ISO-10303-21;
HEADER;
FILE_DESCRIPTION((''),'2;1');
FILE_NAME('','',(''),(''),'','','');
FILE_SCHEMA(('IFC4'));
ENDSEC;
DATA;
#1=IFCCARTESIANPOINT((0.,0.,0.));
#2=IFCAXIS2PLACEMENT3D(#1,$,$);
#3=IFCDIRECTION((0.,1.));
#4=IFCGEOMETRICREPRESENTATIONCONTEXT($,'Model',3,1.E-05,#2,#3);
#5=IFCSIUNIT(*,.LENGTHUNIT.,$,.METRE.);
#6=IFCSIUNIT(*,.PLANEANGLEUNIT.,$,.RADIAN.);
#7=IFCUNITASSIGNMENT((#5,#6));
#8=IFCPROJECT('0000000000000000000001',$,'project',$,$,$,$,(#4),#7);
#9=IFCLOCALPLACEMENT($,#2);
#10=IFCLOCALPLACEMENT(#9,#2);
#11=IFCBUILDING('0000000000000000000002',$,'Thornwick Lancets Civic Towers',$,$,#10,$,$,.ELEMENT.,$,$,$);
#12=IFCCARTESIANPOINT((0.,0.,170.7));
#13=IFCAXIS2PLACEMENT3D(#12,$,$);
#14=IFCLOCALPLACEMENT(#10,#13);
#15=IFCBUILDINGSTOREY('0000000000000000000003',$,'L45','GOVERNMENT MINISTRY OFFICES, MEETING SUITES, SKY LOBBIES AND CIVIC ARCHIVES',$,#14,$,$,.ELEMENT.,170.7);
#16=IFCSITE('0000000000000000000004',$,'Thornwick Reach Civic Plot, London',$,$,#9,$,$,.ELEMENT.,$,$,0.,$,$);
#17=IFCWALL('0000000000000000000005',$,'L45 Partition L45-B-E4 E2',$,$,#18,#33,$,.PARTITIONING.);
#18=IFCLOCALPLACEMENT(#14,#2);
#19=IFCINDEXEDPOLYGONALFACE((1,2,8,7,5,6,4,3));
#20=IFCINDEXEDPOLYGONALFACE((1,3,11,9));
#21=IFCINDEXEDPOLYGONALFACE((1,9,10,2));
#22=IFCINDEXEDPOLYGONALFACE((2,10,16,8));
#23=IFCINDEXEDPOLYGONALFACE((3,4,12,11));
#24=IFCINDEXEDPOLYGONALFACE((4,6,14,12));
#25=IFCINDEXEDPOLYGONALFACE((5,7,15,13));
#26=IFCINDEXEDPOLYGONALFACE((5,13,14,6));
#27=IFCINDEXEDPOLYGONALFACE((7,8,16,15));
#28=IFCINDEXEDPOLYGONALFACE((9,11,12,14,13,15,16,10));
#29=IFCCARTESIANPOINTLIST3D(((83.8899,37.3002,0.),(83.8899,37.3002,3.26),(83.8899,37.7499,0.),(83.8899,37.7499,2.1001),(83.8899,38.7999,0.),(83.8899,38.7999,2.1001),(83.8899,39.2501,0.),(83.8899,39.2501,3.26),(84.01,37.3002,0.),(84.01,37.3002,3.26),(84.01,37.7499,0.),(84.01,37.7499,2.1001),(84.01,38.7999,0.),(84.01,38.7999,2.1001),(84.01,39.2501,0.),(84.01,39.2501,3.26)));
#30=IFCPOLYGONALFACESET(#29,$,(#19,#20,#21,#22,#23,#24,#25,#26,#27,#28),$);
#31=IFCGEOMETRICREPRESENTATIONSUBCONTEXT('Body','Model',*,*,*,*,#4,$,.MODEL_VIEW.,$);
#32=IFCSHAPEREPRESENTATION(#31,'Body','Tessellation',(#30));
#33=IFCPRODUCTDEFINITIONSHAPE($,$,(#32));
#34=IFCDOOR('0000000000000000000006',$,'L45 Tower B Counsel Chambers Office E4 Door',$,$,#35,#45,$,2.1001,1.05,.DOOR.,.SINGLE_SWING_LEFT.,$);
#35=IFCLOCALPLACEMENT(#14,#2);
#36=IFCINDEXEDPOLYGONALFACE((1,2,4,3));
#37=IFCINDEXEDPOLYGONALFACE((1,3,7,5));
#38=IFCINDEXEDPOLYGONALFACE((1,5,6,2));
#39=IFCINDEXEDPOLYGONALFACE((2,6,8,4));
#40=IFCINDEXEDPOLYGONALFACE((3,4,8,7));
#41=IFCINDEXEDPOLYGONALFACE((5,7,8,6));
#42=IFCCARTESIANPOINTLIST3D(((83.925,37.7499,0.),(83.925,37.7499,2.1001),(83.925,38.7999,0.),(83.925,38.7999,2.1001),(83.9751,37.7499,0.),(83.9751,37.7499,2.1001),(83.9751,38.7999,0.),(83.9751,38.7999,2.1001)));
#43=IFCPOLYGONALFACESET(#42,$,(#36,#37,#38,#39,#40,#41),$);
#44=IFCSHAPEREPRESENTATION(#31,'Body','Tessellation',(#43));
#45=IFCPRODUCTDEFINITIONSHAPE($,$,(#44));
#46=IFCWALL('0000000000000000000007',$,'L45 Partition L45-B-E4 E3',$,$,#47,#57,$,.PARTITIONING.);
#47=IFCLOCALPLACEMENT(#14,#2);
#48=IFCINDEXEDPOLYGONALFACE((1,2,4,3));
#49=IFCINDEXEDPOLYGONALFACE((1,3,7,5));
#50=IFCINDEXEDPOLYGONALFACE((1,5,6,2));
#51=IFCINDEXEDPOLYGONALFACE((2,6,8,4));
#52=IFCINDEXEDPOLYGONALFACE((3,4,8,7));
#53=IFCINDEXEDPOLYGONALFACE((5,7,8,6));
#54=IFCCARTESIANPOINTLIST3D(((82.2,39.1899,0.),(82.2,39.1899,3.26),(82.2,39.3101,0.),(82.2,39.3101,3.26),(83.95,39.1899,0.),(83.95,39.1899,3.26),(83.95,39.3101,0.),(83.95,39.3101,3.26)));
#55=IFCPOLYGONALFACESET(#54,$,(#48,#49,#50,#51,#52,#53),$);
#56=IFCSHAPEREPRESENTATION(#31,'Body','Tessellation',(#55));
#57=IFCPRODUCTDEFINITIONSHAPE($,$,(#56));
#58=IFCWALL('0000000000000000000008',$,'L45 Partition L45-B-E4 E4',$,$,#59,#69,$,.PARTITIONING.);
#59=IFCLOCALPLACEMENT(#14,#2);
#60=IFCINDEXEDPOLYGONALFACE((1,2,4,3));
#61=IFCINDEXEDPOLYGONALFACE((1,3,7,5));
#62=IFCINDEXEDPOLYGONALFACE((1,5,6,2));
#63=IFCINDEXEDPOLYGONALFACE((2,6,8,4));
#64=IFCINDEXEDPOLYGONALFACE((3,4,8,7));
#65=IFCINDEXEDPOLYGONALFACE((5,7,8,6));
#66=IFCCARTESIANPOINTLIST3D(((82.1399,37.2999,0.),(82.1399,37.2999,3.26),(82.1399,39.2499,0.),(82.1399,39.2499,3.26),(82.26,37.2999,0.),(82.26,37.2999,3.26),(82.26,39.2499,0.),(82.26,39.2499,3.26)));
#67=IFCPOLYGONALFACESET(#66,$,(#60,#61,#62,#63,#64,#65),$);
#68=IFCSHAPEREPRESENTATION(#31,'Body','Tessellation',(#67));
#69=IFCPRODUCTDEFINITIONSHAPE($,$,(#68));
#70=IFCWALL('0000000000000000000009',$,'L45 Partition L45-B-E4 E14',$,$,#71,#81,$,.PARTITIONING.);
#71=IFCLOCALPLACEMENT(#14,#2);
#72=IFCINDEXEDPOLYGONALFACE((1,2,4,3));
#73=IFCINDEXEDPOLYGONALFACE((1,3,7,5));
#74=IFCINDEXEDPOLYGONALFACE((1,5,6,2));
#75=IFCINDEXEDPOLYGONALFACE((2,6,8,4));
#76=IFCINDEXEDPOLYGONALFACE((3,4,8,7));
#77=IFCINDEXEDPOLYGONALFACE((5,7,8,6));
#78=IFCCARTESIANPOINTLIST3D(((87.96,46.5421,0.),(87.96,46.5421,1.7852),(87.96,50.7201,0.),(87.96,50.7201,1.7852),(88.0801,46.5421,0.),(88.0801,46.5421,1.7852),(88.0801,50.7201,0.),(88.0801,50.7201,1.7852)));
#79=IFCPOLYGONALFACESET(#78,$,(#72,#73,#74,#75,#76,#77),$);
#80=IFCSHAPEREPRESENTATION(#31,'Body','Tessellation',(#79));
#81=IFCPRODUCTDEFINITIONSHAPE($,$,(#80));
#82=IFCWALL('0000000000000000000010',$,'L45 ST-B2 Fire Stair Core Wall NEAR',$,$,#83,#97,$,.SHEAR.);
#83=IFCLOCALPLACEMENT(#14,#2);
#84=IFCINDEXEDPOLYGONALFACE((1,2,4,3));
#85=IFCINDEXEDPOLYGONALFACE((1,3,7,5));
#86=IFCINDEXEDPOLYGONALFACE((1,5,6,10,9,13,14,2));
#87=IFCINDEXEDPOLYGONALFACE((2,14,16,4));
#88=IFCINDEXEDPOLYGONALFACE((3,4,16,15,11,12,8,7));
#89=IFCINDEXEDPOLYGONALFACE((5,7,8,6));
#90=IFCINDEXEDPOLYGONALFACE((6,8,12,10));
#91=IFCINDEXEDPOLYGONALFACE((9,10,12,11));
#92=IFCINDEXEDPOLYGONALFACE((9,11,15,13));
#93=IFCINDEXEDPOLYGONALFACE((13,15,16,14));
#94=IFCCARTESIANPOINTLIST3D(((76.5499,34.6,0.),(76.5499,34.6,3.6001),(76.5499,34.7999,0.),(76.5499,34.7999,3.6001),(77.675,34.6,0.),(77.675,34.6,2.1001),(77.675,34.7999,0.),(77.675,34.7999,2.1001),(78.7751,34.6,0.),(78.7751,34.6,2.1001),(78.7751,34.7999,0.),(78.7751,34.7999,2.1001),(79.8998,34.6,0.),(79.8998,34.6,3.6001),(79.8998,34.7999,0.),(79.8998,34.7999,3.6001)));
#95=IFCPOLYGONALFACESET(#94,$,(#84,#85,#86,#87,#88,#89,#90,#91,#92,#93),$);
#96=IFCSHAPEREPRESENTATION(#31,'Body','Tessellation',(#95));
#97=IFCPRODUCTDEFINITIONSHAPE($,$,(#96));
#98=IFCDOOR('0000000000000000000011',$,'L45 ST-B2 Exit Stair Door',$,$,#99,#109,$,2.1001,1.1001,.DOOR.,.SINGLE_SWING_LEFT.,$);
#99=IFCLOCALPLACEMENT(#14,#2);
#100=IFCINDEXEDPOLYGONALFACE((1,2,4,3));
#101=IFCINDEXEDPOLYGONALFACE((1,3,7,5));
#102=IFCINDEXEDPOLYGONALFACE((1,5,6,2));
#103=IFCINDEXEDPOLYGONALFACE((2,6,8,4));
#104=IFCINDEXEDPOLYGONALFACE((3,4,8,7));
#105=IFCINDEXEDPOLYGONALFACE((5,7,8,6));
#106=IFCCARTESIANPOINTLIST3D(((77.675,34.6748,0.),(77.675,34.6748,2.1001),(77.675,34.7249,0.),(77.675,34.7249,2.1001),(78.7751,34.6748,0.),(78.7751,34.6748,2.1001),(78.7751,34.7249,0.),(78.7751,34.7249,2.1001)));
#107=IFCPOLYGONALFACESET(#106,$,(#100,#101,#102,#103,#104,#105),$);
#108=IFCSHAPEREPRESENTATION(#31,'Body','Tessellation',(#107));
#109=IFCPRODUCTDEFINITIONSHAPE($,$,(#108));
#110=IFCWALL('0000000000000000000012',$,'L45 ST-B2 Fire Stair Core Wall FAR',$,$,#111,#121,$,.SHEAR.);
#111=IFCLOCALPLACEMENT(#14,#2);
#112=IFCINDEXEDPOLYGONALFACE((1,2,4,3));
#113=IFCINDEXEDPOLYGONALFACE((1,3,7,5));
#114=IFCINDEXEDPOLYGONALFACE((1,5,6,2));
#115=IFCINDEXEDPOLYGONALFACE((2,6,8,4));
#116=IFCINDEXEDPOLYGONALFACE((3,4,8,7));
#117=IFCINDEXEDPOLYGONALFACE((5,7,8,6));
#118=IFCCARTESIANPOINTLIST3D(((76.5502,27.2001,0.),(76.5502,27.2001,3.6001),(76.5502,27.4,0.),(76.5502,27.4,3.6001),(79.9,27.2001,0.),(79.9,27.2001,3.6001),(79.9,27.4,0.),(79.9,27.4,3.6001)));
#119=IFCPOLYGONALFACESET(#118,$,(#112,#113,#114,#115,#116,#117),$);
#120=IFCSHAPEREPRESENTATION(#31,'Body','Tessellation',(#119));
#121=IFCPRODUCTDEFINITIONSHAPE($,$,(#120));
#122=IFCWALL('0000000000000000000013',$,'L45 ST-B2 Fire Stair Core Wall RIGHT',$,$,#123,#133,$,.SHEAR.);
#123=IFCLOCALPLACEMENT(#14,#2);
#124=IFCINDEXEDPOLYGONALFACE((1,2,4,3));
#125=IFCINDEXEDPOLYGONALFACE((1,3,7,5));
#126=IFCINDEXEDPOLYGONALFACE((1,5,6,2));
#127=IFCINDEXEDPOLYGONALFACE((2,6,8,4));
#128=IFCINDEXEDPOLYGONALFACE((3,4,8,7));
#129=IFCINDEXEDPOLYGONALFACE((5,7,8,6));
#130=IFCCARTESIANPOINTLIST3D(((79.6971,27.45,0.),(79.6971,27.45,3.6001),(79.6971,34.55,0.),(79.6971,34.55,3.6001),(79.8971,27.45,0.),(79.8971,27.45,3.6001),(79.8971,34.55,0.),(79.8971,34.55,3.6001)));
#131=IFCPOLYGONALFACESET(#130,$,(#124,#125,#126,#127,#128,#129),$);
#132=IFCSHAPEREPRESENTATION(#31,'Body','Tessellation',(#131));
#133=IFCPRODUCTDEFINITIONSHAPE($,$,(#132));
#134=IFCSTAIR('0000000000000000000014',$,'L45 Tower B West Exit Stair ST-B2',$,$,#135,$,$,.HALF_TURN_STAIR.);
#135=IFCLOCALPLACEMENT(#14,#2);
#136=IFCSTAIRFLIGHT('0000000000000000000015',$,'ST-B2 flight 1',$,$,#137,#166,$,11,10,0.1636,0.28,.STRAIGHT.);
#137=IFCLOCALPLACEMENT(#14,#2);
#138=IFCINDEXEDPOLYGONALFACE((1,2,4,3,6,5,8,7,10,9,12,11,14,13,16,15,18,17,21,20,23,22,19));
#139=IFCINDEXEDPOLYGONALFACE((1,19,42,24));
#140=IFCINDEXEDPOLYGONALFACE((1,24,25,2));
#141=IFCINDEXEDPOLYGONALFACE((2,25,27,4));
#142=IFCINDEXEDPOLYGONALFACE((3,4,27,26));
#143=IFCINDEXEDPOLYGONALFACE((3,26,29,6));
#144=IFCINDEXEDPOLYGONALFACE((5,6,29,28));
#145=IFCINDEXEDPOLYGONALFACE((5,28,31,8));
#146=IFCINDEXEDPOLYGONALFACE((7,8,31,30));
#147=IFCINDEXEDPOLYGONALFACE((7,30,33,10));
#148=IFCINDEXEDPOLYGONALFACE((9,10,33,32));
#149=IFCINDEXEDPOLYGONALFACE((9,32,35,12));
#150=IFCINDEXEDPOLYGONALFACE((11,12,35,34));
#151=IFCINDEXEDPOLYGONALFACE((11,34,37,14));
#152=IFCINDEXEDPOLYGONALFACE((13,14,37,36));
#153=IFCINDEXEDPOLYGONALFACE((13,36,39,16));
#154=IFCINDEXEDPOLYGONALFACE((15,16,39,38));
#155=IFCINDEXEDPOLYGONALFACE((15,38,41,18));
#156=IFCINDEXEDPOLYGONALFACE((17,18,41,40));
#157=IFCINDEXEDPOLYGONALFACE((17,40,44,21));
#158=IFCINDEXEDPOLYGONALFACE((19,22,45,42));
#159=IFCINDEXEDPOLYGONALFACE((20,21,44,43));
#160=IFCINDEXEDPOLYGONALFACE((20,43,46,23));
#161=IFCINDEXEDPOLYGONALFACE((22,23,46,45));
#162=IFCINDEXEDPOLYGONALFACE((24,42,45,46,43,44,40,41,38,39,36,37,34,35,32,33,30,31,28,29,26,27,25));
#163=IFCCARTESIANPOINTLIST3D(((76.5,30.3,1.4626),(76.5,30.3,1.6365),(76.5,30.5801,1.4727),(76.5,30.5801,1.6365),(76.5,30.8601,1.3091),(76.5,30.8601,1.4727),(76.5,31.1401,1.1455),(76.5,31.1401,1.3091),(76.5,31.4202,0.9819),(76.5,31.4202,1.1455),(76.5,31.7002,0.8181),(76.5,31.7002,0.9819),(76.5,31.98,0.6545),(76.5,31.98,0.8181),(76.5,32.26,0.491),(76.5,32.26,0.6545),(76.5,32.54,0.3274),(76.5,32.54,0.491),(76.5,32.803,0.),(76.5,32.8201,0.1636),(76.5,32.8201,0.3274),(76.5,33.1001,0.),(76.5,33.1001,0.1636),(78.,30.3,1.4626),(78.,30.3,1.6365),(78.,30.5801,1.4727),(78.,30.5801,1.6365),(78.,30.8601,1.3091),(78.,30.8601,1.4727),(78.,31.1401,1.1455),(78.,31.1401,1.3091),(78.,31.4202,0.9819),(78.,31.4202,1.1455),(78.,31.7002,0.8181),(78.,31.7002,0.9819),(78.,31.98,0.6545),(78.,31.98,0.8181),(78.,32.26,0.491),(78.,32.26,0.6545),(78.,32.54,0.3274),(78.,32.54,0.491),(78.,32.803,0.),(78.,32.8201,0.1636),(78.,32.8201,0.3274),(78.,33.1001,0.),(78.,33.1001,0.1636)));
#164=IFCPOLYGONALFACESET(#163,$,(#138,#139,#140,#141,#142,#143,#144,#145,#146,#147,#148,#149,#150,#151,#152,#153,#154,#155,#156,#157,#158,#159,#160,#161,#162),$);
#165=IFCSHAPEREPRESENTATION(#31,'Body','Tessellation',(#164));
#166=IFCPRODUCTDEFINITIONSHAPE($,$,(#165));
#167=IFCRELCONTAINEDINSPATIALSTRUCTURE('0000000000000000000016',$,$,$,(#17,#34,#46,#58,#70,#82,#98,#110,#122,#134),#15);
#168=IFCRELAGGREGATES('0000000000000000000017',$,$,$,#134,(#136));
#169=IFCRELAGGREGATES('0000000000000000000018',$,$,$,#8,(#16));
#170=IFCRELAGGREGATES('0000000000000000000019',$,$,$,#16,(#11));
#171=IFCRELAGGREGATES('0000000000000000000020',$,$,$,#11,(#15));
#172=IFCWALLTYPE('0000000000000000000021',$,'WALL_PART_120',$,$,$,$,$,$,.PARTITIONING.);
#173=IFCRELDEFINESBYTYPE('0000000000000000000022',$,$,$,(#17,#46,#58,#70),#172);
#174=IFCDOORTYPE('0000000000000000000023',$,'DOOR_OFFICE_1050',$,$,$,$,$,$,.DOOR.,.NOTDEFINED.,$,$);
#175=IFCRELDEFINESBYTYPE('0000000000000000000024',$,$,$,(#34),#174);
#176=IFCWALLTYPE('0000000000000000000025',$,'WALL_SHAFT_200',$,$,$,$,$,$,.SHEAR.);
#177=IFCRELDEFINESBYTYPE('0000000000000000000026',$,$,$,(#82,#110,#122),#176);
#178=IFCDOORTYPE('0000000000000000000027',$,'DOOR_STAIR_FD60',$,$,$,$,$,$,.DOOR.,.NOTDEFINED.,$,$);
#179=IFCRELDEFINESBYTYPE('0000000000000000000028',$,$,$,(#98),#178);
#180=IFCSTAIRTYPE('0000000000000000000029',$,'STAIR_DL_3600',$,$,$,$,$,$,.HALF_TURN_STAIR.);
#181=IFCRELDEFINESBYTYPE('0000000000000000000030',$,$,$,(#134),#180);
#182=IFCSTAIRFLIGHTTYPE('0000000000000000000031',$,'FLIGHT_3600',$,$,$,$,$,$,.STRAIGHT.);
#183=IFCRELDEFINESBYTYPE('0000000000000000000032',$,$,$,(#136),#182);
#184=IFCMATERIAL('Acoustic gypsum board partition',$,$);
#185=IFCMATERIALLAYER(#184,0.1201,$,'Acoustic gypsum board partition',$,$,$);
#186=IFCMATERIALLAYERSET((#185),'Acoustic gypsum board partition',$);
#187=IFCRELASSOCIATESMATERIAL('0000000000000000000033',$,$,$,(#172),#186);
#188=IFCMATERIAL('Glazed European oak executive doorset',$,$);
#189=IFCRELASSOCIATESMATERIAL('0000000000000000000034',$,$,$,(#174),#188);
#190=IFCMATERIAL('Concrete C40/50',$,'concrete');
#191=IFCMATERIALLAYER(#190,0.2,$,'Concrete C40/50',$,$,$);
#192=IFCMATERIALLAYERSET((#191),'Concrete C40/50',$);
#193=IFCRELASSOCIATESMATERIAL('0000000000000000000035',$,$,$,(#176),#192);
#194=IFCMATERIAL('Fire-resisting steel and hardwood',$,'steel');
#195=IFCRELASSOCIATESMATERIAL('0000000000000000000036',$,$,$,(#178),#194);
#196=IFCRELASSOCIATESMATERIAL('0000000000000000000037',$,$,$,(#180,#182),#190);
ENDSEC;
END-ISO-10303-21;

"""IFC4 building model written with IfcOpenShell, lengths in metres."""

from ifc_helpers import new_model, si_unit, direction, frame, frame_2d, origin, place, context, subcontext, project, spatial, polyline, rectangle, outline, extrude, material, layer, layer_set, type_object, element, fill, aggregate, save


model = new_model("IFC4")

# Units and contexts
model_context = context("Model", 3, precision=1e-05, world=origin(), true_north=direction((0.0, 1.0)))
body_context = subcontext(model_context, "Body", "Model", "MODEL_VIEW")
ifc_project = project(units=[si_unit("LENGTHUNIT", "METRE"), si_unit("PLANEANGLEUNIT", "RADIAN")], contexts=[model_context])

# Site, building, storey
site_placement = place(None, origin())
site = spatial("IfcSite", under=ifc_project, at=site_placement, Name="Thornwick Reach Civic Plot, London", CompositionType="ELEMENT", RefElevation=0.0)
building_placement = place(site_placement, origin())
building = spatial("IfcBuilding", under=site, at=building_placement, Name="Thornwick Lancets Civic Towers", CompositionType="ELEMENT")
storey_placement = place(building_placement, frame((0.0, 0.0, 170.7)))
storey = spatial("IfcBuildingStorey", under=building, at=storey_placement, Name="L45", Description="GOVERNMENT MINISTRY OFFICES, MEETING SUITES, SKY LOBBIES AND CIVIC ARCHIVES", CompositionType="ELEMENT", Elevation=170.7)

# Shared definitions
ifc_material_1 = material(Name="Acoustic gypsum board partition")
ifc_layer_1 = layer(ifc_material_1, 0.1201, Name="Acoustic gypsum board partition")
ifc_layer_set_1 = layer_set([ifc_layer_1], Name="Acoustic gypsum board partition")
wall_type_1 = type_object("IfcWallType", Name="WALL_PART_120", PredefinedType="PARTITIONING", material=ifc_layer_set_1)

# Wall, opening, door
wall_1_placement = place(storey_placement, frame((83.95, 37.3, 0.0), z_axis=(0.0, 0.0, 1.0), x_axis=(0.0, 1.0, 0.0)))
wall_1 = element("IfcWall", 1, at=wall_1_placement, inside=storey, type_object=wall_type_1, Name="L45 Partition L45-B-E4 E2", PredefinedType="PARTITIONING", context=body_context, shape_type="SweptSolid", body=[
    extrude(rectangle(XDim=1.95, YDim=0.1201, at=frame_2d((0.9751, 0.0))), origin(), (0.0, 0.0, 1.0), 3.26),
])
opening_1_placement = place(wall_1_placement, frame((0.45, 0.0, 0.0)))
opening_1 = element("IfcOpeningElement", 2, at=opening_1_placement, cuts=wall_1, PredefinedType="OPENING", context=body_context, shape_type="SweptSolid", body=[
    extrude(rectangle(XDim=1.05, YDim=2.1001, at=frame_2d((0.5249, 1.05))), frame((0.0, 0.0701, 0.0), z_axis=(0.0, -1.0, 0.0), x_axis=(1.0, 0.0, 0.0)), (0.0, 0.0, 1.0), 0.1401),
])
ifc_material_2 = material(Name="Glazed European oak executive doorset")
door_type_1 = type_object("IfcDoorType", Name="DOOR_OFFICE_1050", OperationType="NOTDEFINED", PredefinedType="DOOR", material=ifc_material_2)
door_1_placement = place(opening_1_placement, origin())
door_1 = element("IfcDoor", 3, at=door_1_placement, inside=storey, type_object=door_type_1, Name="L45 Tower B Counsel Chambers Office E4 Door", OperationType="SINGLE_SWING_LEFT", OverallHeight=2.1001, OverallWidth=1.05, PredefinedType="DOOR", context=body_context, shape_type="SweptSolid", body=[
    extrude(rectangle(XDim=1.05, YDim=2.1001, at=frame_2d((0.5249, 1.05))), frame((0.0, 0.0249, 0.0), z_axis=(0.0, -1.0, 0.0), x_axis=(1.0, 0.0, 0.0)), (0.0, 0.0, 1.0), 0.05),
])
fill(opening_1, door_1)

# Walls
wall_2_placement = place(storey_placement, frame((83.95, 39.25, 0.0), z_axis=(0.0, 0.0, 1.0), x_axis=(-1.0, 0.0, 0.0)))
element("IfcWall", 4, at=wall_2_placement, inside=storey, type_object=wall_type_1, Name="L45 Partition L45-B-E4 E3", PredefinedType="PARTITIONING", context=body_context, shape_type="SweptSolid", body=[
    extrude(rectangle(XDim=1.75, YDim=0.1201, at=frame_2d((0.875, 0.0))), origin(), (0.0, 0.0, 1.0), 3.26),
])
wall_3_placement = place(storey_placement, frame((82.2, 39.25, 0.0), z_axis=(0.0, 0.0, 1.0), x_axis=(0.0, -1.0, 0.0)))
element("IfcWall", 5, at=wall_3_placement, inside=storey, type_object=wall_type_1, Name="L45 Partition L45-B-E4 E4", PredefinedType="PARTITIONING", context=body_context, shape_type="SweptSolid", body=[
    extrude(rectangle(XDim=1.95, YDim=0.1201, at=frame_2d((0.9751, 0.0))), origin(), (0.0, 0.0, 1.0), 3.26),
])
wall_4_placement = place(storey_placement, frame((88.02, 50.72, 0.0), z_axis=(0.0, 0.0, 1.0), x_axis=(0.0, -1.0, 0.0)))
element("IfcWall", 6, at=wall_4_placement, inside=storey, type_object=wall_type_1, Name="L45 Partition L45-B-E4 E14", PredefinedType="PARTITIONING", context=body_context, shape_type="SweptSolid", body=[
    extrude(rectangle(XDim=4.178, YDim=0.1201, at=frame_2d((2.0889, 0.0))), origin(), (0.0, 0.0, 1.0), 1.7852),
])

# Wall, opening, door
ifc_material_3 = material(Name="Concrete C40/50", Category="concrete")
ifc_layer_2 = layer(ifc_material_3, 0.2, Name="Concrete C40/50")
ifc_layer_set_2 = layer_set([ifc_layer_2], Name="Concrete C40/50")
wall_type_2 = type_object("IfcWallType", Name="WALL_SHAFT_200", PredefinedType="SHEAR", material=ifc_layer_set_2)
wall_5_placement = place(storey_placement, frame((76.55, 34.7, 0.0), z_axis=(0.0, 0.0, 1.0), x_axis=(1.0, 0.0, 0.0)))
wall_5 = element("IfcWall", 7, at=wall_5_placement, inside=storey, type_object=wall_type_2, Name="L45 ST-B2 Fire Stair Core Wall NEAR", PredefinedType="SHEAR", context=body_context, shape_type="SweptSolid", body=[
    extrude(rectangle(XDim=3.3499, YDim=0.2, at=frame_2d((1.6748, 0.0))), origin(), (0.0, 0.0, 1.0), 3.6001),
])
opening_2_placement = place(wall_5_placement, frame((1.125, 0.0, 0.0)))
opening_2 = element("IfcOpeningElement", 8, at=opening_2_placement, cuts=wall_5, PredefinedType="OPENING", context=body_context, shape_type="SweptSolid", body=[
    extrude(rectangle(XDim=1.1001, YDim=2.1001, at=frame_2d((0.55, 1.05))), frame((0.0, 0.1099, 0.0), z_axis=(0.0, -1.0, 0.0), x_axis=(1.0, 0.0, 0.0)), (0.0, 0.0, 1.0), 0.22),
])
ifc_material_4 = material(Name="Fire-resisting steel and hardwood", Category="steel")
door_type_2 = type_object("IfcDoorType", Name="DOOR_STAIR_FD60", OperationType="NOTDEFINED", PredefinedType="DOOR", material=ifc_material_4)
door_2_placement = place(opening_2_placement, origin())
door_2 = element("IfcDoor", 9, at=door_2_placement, inside=storey, type_object=door_type_2, Name="L45 ST-B2 Exit Stair Door", OperationType="SINGLE_SWING_LEFT", OverallHeight=2.1001, OverallWidth=1.1001, PredefinedType="DOOR", context=body_context, shape_type="SweptSolid", body=[
    extrude(rectangle(XDim=1.1001, YDim=2.1001, at=frame_2d((0.55, 1.05))), frame((0.0, 0.0249, 0.0), z_axis=(0.0, -1.0, 0.0), x_axis=(1.0, 0.0, 0.0)), (0.0, 0.0, 1.0), 0.05),
])
fill(opening_2, door_2)

# Walls
wall_6_placement = place(storey_placement, frame((79.8999, 27.3, 0.0), z_axis=(0.0, 0.0, 1.0), x_axis=(-1.0, 0.0, 0.0)))
element("IfcWall", 10, at=wall_6_placement, inside=storey, type_object=wall_type_2, Name="L45 ST-B2 Fire Stair Core Wall FAR", PredefinedType="SHEAR", context=body_context, shape_type="SweptSolid", body=[
    extrude(rectangle(XDim=3.3499, YDim=0.2, at=frame_2d((1.6748, 0.0))), origin(), (0.0, 0.0, 1.0), 3.6001),
])
wall_7_placement = place(storey_placement, frame((79.7971, 27.45, 0.0), z_axis=(0.0, 0.0, 1.0), x_axis=(0.0, 1.0, 0.0)))
element("IfcWall", 11, at=wall_7_placement, inside=storey, type_object=wall_type_2, Name="L45 ST-B2 Fire Stair Core Wall RIGHT", PredefinedType="SHEAR", context=body_context, shape_type="SweptSolid", body=[
    extrude(rectangle(XDim=7.1001, YDim=0.2, at=frame_2d((3.55, 0.0))), origin(), (0.0, 0.0, 1.0), 3.6001),
])

# Stair, stair flight
stair_type = type_object("IfcStairType", Name="STAIR_DL_3600", PredefinedType="HALF_TURN_STAIR", material=ifc_material_3)
stair_placement = place(storey_placement, origin())
stair = element("IfcStair", 12, at=stair_placement, inside=storey, type_object=stair_type, Name="L45 Tower B West Exit Stair ST-B2", PredefinedType="HALF_TURN_STAIR")
stair_flight_type = type_object("IfcStairFlightType", Name="FLIGHT_3600", PredefinedType="STRAIGHT", material=ifc_material_3)
stair_flight_1_placement = place(storey_placement, frame((77.25, 33.1001, 0.0), z_axis=(0.0, 0.0, 1.0), x_axis=(0.0, -1.0, 0.0)))
stair_flight_1 = element("IfcStairFlight", 13, at=stair_flight_1_placement, type_object=stair_flight_type, Name="ST-B2 flight 1", NumberOfRisers=11, NumberOfTreads=10, PredefinedType="STRAIGHT", RiserHeight=0.1636, TreadLength=0.28, context=body_context, shape_type="SweptSolid", body=[
    extrude(outline(polyline([(0.0, 0.0), (0.0, 0.1636), (0.28, 0.1636), (0.28, 0.3274), (0.5601, 0.3274), (0.5601, 0.491), (0.8401, 0.491), (0.8401, 0.6545), (1.1201, 0.6545), (1.1201, 0.8181), (1.3999, 0.8181), (1.3999, 0.9819), (1.6799, 0.9819), (1.6799, 1.1455), (1.96, 1.1455), (1.96, 1.3091), (2.24, 1.3091), (2.24, 1.4727), (2.52, 1.4727), (2.52, 1.6365), (2.8, 1.6365), (2.8, 1.8), (2.8, 1.4626), (0.2971, 0.0), (0.0, 0.0)])), frame((0.0, 0.75, 0.0), z_axis=(0.0, -1.0, 0.0), x_axis=(1.0, 0.0, 0.0)), (0.0, 0.0, 1.0), 1.5),
])
aggregate(stair, [stair_flight_1])

save(model, "model.ifc")
